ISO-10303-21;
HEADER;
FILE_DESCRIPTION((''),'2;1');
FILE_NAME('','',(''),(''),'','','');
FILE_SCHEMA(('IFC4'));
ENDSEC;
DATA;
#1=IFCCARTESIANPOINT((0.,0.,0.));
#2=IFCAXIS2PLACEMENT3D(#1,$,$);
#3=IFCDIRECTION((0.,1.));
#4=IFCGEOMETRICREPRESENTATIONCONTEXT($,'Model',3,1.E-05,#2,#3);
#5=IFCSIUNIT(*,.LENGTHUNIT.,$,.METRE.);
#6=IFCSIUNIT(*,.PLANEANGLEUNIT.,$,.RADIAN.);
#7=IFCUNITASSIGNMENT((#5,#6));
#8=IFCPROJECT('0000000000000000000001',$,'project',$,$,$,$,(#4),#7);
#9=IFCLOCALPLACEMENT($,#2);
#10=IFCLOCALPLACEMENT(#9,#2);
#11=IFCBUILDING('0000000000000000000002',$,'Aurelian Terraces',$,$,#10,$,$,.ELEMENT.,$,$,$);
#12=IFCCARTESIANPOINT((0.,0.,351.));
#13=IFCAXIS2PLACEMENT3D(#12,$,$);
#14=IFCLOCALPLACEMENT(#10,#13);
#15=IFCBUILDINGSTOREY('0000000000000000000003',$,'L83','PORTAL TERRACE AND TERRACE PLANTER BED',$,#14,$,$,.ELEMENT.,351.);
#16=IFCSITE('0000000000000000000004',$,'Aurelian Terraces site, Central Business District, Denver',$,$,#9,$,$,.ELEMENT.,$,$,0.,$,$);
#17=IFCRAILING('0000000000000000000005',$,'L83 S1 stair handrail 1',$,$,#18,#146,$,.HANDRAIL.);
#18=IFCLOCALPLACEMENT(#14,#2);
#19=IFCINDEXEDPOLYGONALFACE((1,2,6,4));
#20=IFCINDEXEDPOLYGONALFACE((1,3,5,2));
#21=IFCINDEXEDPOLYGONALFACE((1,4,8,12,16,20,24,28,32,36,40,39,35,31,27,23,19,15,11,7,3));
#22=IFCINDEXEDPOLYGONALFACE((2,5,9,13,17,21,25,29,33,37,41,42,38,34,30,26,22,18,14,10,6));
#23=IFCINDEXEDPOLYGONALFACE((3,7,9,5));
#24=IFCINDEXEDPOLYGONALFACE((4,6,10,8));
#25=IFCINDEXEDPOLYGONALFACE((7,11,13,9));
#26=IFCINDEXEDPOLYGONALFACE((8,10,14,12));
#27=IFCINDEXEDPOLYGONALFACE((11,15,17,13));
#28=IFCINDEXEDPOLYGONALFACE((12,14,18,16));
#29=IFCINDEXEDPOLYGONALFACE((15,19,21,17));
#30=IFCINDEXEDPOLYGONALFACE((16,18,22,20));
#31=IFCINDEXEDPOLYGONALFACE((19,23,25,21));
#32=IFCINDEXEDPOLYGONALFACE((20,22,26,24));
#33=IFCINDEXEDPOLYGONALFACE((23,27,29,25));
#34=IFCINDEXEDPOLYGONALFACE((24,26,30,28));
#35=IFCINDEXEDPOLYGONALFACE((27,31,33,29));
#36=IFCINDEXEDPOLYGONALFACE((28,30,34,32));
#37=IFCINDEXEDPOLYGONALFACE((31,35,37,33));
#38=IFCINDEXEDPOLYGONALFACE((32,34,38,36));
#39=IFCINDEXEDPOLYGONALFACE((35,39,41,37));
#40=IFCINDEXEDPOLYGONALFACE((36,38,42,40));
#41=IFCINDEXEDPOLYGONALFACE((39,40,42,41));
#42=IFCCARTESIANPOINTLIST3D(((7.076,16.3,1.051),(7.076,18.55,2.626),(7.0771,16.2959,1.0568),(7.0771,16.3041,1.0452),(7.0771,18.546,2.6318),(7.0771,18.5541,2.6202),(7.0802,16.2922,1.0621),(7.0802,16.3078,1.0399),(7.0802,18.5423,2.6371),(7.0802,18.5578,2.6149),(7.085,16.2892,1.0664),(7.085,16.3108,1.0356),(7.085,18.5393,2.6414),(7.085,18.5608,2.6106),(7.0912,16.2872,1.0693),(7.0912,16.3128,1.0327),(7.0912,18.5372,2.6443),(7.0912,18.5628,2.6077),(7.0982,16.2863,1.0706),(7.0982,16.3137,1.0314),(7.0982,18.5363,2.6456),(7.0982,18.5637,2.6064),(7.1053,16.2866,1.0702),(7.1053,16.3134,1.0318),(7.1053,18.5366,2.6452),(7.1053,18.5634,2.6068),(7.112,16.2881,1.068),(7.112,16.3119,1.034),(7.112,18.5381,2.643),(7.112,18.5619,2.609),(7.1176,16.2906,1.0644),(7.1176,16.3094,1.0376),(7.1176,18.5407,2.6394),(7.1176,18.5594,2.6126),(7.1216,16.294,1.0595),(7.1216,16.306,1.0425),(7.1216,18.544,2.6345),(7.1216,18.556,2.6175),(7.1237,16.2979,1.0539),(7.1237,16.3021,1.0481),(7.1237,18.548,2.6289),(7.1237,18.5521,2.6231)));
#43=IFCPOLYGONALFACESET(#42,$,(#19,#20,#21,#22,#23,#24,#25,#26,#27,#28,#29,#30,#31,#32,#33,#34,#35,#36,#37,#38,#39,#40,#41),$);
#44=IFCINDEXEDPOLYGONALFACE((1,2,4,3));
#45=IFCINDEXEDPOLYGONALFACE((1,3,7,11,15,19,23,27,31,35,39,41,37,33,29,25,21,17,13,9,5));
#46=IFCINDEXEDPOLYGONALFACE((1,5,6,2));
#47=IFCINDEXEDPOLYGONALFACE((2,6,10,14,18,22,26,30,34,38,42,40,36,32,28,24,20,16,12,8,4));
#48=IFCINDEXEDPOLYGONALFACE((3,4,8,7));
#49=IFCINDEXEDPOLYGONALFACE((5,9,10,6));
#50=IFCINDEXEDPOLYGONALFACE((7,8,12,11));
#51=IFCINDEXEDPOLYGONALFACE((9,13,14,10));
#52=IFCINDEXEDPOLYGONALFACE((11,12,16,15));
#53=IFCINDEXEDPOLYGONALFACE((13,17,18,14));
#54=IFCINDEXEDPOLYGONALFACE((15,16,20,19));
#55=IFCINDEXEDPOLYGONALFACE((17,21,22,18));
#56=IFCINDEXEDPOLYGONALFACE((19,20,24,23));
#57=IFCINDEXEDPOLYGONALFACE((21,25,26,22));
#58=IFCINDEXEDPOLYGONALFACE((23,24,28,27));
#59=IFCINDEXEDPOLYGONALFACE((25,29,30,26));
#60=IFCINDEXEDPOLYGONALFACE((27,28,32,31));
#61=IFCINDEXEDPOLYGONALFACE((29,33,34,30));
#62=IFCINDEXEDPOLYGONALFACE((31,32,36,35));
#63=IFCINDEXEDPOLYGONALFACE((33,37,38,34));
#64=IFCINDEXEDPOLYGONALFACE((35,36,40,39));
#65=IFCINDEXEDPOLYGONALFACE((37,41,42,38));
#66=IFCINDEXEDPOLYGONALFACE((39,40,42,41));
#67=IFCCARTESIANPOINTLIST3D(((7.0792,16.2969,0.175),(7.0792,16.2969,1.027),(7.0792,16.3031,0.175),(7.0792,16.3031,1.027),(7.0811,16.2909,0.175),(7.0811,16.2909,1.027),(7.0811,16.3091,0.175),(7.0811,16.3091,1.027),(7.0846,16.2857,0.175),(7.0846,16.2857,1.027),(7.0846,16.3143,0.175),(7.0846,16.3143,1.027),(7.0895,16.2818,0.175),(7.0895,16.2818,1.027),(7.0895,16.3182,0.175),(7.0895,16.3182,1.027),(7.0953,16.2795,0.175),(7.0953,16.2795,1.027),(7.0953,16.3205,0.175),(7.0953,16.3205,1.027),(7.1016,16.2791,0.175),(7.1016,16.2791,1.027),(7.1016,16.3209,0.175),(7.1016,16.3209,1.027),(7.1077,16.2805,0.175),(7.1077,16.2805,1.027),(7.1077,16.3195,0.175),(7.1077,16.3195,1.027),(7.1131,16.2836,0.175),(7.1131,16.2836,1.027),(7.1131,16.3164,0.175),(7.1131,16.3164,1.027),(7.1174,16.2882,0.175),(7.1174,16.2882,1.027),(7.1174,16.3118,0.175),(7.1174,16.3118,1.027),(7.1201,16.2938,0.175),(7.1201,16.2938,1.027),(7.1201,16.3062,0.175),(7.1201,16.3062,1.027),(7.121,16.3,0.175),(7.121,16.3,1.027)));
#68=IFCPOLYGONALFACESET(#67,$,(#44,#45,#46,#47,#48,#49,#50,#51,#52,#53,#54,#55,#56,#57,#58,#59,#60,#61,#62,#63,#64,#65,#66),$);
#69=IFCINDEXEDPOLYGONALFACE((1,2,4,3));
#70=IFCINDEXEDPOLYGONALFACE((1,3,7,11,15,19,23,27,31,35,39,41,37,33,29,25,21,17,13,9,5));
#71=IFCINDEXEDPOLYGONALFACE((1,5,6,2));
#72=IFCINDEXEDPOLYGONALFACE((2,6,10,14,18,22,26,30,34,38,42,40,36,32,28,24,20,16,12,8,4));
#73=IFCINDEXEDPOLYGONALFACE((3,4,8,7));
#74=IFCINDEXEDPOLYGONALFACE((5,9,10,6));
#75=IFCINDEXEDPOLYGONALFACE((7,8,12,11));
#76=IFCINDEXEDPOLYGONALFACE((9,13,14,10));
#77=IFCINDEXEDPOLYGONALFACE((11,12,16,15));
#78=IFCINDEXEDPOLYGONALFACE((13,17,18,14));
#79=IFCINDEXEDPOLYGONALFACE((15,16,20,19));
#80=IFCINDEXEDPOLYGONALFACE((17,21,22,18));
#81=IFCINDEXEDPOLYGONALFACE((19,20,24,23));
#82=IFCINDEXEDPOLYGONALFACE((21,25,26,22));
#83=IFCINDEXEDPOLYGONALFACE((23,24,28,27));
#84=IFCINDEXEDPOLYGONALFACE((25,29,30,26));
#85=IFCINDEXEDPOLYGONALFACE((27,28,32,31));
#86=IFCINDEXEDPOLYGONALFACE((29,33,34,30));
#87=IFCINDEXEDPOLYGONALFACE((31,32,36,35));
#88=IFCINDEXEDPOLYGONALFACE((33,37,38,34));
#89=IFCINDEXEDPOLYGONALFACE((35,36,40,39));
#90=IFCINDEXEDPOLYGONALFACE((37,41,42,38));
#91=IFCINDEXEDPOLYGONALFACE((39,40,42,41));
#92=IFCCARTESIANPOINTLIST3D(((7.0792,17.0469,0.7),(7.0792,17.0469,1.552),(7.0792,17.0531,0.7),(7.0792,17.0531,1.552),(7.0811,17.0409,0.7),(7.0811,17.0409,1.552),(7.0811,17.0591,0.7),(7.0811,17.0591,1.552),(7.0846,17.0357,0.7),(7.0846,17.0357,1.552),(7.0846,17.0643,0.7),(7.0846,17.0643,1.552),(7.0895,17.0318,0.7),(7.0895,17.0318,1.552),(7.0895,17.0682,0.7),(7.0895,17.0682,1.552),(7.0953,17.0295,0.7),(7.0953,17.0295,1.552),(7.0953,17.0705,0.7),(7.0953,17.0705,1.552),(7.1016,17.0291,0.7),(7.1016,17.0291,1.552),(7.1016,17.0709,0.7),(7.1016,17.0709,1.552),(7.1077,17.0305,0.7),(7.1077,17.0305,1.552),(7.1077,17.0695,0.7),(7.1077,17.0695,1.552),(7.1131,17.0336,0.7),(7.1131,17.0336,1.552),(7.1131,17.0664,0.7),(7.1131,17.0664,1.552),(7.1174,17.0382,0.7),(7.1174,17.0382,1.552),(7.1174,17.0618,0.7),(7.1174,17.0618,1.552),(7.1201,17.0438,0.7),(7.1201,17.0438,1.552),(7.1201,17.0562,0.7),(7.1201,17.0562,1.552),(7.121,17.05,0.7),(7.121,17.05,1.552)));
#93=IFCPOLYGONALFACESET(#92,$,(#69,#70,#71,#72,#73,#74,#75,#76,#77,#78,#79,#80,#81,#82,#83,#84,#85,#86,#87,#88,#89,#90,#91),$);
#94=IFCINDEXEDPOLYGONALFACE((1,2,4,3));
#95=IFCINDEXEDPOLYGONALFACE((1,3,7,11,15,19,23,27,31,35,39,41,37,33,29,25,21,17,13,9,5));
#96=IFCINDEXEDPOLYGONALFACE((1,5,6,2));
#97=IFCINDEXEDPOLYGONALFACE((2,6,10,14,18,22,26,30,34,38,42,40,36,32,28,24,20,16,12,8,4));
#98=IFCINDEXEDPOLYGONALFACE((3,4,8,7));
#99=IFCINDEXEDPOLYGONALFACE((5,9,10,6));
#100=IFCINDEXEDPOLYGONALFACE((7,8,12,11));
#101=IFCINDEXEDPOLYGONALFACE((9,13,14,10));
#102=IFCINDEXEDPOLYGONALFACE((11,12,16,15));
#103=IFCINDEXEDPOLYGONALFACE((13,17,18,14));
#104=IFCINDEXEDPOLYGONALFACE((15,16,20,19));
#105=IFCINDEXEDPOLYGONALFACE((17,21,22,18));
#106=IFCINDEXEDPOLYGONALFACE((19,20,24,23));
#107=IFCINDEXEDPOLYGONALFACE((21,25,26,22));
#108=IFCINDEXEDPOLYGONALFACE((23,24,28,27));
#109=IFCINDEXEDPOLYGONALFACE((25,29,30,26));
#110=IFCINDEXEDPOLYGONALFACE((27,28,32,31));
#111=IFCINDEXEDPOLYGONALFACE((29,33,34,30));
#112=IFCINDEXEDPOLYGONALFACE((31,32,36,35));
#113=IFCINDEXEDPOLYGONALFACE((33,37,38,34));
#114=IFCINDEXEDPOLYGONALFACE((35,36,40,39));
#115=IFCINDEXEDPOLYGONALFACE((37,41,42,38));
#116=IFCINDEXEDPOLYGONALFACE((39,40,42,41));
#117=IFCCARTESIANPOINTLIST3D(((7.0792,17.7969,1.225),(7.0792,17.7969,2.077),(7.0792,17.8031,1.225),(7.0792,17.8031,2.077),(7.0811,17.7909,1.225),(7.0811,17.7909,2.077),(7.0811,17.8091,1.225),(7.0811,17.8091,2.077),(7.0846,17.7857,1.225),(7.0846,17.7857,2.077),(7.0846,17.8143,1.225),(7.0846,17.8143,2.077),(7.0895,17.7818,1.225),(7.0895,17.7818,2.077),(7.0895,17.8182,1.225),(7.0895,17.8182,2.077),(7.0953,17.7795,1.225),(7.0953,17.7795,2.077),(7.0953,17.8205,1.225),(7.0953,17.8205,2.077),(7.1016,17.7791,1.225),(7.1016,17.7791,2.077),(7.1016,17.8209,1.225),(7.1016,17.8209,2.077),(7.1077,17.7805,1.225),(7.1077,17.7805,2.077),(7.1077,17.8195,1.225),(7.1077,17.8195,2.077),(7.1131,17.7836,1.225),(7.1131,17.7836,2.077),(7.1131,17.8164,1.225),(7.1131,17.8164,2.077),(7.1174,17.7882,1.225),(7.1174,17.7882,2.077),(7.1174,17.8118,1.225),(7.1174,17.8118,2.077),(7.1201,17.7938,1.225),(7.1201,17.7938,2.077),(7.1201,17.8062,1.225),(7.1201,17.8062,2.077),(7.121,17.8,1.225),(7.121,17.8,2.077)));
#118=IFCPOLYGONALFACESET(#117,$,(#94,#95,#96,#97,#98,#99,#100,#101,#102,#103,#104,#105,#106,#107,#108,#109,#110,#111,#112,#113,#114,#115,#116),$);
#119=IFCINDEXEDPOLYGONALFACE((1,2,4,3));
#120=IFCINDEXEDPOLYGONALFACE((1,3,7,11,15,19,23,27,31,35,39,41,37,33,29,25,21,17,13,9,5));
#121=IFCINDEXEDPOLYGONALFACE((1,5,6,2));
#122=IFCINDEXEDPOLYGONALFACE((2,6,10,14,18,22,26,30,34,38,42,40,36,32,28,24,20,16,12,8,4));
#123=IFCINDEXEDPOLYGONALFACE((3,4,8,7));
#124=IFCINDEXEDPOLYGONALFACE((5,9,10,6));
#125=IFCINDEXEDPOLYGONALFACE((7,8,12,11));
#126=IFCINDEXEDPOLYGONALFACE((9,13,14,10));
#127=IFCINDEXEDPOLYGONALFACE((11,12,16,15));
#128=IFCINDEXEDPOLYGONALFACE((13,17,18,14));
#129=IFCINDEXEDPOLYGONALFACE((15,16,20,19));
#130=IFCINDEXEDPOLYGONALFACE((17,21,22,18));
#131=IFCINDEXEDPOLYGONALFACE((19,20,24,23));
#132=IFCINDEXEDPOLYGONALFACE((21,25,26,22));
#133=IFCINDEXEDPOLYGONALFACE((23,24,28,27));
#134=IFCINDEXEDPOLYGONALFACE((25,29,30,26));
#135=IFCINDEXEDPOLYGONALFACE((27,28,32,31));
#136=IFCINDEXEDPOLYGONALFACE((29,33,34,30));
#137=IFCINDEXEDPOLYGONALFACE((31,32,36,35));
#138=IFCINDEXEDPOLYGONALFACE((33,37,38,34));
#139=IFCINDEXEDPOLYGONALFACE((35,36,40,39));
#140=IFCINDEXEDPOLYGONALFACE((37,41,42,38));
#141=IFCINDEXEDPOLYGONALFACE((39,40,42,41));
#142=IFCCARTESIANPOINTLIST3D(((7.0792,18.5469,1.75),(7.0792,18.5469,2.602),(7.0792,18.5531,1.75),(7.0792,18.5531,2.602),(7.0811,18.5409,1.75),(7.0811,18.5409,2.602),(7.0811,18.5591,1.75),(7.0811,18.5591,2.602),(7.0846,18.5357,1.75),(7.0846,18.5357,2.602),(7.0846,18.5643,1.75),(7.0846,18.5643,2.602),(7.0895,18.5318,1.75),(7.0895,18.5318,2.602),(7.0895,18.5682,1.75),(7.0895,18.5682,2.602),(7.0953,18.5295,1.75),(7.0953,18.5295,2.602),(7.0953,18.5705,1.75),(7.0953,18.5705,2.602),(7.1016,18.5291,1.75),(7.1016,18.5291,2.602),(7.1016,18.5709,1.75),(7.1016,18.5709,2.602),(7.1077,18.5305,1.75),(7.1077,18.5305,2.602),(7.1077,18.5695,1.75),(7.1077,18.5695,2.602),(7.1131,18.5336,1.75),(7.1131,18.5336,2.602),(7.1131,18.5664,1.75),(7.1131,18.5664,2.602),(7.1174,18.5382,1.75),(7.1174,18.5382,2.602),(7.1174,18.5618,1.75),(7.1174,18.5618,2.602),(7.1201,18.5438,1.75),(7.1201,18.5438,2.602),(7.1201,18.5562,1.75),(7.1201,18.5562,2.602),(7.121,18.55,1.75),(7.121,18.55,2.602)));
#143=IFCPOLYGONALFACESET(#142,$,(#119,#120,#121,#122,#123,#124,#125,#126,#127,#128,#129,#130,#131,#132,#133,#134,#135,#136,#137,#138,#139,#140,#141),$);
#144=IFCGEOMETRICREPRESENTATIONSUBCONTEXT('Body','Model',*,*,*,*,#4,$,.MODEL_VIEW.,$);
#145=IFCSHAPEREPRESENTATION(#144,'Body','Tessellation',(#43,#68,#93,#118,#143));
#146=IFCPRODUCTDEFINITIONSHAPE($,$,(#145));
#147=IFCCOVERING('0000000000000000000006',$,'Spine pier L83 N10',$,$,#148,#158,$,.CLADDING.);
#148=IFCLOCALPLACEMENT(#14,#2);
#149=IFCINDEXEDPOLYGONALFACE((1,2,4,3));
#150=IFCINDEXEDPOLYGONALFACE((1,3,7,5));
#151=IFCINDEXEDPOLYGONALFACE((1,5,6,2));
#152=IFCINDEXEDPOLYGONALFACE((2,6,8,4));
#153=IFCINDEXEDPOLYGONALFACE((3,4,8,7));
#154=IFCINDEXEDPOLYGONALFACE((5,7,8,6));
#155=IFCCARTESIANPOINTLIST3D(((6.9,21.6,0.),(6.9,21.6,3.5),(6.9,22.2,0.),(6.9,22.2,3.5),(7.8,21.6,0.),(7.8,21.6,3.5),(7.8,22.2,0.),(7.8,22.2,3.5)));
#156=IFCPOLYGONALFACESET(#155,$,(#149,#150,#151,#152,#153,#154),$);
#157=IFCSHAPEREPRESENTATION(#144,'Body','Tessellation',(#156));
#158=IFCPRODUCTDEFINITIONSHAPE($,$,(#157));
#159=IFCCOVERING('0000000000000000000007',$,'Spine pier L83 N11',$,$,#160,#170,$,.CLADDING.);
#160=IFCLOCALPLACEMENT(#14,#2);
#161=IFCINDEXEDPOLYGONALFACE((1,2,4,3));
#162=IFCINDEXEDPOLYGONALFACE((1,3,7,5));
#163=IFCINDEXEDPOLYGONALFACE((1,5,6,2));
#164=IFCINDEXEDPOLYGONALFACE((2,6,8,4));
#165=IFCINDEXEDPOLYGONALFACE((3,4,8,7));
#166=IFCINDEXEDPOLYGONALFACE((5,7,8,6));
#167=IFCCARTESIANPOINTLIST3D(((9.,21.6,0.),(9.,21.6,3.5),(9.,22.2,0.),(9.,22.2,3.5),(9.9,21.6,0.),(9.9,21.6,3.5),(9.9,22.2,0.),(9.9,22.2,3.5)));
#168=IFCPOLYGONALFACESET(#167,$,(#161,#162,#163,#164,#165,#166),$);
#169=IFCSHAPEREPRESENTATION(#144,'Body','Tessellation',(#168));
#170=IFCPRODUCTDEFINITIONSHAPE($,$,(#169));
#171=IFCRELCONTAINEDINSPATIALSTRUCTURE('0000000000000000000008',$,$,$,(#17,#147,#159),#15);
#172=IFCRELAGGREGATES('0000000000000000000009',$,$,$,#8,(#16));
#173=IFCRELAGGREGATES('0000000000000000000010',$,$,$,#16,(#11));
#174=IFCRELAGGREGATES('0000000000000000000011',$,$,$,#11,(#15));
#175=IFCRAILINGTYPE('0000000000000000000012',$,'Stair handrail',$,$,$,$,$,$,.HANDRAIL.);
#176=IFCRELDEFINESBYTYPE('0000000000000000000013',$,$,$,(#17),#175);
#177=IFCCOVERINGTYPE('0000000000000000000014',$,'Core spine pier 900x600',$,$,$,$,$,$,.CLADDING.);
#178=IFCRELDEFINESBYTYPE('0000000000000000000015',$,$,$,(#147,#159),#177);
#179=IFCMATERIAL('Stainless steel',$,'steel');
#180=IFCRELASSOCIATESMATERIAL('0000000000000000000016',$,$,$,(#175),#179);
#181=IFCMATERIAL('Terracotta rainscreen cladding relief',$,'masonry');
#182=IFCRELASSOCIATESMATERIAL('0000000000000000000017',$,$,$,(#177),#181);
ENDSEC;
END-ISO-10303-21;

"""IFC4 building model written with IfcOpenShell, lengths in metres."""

from ifc_helpers import new_model, si_unit, direction, frame, origin, origin_2d, place, context, subcontext, project, spatial, rectangle, circle, extrude, source, transform, mapped, material, type_object, element, save


model = new_model("IFC4")

# Units and contexts
model_context = context("Model", 3, precision=1e-05, world=origin(), true_north=direction((0.0, 1.0)))
body_context = subcontext(model_context, "Body", "Model", "MODEL_VIEW")
ifc_project = project(units=[si_unit("LENGTHUNIT", "METRE"), si_unit("PLANEANGLEUNIT", "RADIAN")], contexts=[model_context])

# Site, building, storey
site_placement = place(None, origin())
site = spatial("IfcSite", under=ifc_project, at=site_placement, Name="Aurelian Terraces site, Central Business District, Denver", CompositionType="ELEMENT", RefElevation=0.0)
building_placement = place(site_placement, origin())
building = spatial("IfcBuilding", under=site, at=building_placement, Name="Aurelian Terraces", CompositionType="ELEMENT")
storey_placement = place(building_placement, frame((0.0, 0.0, 351.0)))
storey = spatial("IfcBuildingStorey", under=building, at=storey_placement, Name="L83", Description="PORTAL TERRACE AND TERRACE PLANTER BED", CompositionType="ELEMENT", Elevation=351.0)

# Railing
ifc_material_1 = material(Name="Stainless steel", Category="steel")
railing_type_1 = type_object("IfcRailingType", Name="Stair handrail", PredefinedType="HANDRAIL", material=ifc_material_1)
shared_shape_1 = source(origin(), body_context, "Body", "SweptSolid", [
    extrude(circle(Radius=0.024, at=origin_2d()), frame((0.0, 0.0, 0.876), z_axis=(0.0, 0.819232, 0.573462), x_axis=(-1.0, 0.0, 0.0)), (0.0, 0.0, 1.0), 2.7465),
    extrude(circle(Radius=0.021, at=origin_2d()), origin(), (0.0, 0.0, 1.0), 0.852),
    extrude(circle(Radius=0.021, at=origin_2d()), frame((0.0, 0.75, 0.525)), (0.0, 0.0, 1.0), 0.852),
    extrude(circle(Radius=0.021, at=origin_2d()), frame((0.0, 1.5, 1.05)), (0.0, 0.0, 1.0), 0.852),
    extrude(circle(Radius=0.021, at=origin_2d()), frame((0.0, 2.25, 1.575)), (0.0, 0.0, 1.0), 0.852),
])
railing_1_placement = place(storey_placement, frame((7.1, 16.3, 0.175)))
element("IfcRailing", 1, at=railing_1_placement, inside=storey, type_object=railing_type_1, Name="L83 S1 stair handrail 1", PredefinedType="HANDRAIL", context=body_context, shape_type="MappedRepresentation", body=[
    mapped(shared_shape_1, transform((0.0, 0.0, 0.0), scale=1.0)),
])

# Coverings
ifc_material_2 = material(Name="Terracotta rainscreen cladding relief", Category="masonry")
covering_type_1 = type_object("IfcCoveringType", Name="Core spine pier 900x600", PredefinedType="CLADDING", material=ifc_material_2)
shared_shape_2 = source(origin(), body_context, "Body", "SweptSolid", [
    extrude(rectangle(XDim=0.9, YDim=0.6, at=origin_2d()), origin(), (0.0, 0.0, 1.0), 3.5),
])
for number, where, z_axis, x_axis, name in (
    (2, (7.35, 21.9, 0.0), (0.0, 0.0, 1.0), (1.0, 0.0, 0.0), "Spine pier L83 N10"),
    (3, (9.45, 21.9, 0.0), (0.0, 0.0, 1.0), (1.0, 0.0, 0.0), "Spine pier L83 N11"),
):
    element("IfcCovering", number, at=place(storey_placement, frame(where, z_axis=z_axis, x_axis=x_axis)), inside=storey, type_object=covering_type_1, Name=name, PredefinedType="CLADDING", context=body_context, shape_type="MappedRepresentation", body=[
        mapped(shared_shape_2, transform((0.0, 0.0, 0.0), scale=1.0)),
    ])

save(model, "model.ifc")
